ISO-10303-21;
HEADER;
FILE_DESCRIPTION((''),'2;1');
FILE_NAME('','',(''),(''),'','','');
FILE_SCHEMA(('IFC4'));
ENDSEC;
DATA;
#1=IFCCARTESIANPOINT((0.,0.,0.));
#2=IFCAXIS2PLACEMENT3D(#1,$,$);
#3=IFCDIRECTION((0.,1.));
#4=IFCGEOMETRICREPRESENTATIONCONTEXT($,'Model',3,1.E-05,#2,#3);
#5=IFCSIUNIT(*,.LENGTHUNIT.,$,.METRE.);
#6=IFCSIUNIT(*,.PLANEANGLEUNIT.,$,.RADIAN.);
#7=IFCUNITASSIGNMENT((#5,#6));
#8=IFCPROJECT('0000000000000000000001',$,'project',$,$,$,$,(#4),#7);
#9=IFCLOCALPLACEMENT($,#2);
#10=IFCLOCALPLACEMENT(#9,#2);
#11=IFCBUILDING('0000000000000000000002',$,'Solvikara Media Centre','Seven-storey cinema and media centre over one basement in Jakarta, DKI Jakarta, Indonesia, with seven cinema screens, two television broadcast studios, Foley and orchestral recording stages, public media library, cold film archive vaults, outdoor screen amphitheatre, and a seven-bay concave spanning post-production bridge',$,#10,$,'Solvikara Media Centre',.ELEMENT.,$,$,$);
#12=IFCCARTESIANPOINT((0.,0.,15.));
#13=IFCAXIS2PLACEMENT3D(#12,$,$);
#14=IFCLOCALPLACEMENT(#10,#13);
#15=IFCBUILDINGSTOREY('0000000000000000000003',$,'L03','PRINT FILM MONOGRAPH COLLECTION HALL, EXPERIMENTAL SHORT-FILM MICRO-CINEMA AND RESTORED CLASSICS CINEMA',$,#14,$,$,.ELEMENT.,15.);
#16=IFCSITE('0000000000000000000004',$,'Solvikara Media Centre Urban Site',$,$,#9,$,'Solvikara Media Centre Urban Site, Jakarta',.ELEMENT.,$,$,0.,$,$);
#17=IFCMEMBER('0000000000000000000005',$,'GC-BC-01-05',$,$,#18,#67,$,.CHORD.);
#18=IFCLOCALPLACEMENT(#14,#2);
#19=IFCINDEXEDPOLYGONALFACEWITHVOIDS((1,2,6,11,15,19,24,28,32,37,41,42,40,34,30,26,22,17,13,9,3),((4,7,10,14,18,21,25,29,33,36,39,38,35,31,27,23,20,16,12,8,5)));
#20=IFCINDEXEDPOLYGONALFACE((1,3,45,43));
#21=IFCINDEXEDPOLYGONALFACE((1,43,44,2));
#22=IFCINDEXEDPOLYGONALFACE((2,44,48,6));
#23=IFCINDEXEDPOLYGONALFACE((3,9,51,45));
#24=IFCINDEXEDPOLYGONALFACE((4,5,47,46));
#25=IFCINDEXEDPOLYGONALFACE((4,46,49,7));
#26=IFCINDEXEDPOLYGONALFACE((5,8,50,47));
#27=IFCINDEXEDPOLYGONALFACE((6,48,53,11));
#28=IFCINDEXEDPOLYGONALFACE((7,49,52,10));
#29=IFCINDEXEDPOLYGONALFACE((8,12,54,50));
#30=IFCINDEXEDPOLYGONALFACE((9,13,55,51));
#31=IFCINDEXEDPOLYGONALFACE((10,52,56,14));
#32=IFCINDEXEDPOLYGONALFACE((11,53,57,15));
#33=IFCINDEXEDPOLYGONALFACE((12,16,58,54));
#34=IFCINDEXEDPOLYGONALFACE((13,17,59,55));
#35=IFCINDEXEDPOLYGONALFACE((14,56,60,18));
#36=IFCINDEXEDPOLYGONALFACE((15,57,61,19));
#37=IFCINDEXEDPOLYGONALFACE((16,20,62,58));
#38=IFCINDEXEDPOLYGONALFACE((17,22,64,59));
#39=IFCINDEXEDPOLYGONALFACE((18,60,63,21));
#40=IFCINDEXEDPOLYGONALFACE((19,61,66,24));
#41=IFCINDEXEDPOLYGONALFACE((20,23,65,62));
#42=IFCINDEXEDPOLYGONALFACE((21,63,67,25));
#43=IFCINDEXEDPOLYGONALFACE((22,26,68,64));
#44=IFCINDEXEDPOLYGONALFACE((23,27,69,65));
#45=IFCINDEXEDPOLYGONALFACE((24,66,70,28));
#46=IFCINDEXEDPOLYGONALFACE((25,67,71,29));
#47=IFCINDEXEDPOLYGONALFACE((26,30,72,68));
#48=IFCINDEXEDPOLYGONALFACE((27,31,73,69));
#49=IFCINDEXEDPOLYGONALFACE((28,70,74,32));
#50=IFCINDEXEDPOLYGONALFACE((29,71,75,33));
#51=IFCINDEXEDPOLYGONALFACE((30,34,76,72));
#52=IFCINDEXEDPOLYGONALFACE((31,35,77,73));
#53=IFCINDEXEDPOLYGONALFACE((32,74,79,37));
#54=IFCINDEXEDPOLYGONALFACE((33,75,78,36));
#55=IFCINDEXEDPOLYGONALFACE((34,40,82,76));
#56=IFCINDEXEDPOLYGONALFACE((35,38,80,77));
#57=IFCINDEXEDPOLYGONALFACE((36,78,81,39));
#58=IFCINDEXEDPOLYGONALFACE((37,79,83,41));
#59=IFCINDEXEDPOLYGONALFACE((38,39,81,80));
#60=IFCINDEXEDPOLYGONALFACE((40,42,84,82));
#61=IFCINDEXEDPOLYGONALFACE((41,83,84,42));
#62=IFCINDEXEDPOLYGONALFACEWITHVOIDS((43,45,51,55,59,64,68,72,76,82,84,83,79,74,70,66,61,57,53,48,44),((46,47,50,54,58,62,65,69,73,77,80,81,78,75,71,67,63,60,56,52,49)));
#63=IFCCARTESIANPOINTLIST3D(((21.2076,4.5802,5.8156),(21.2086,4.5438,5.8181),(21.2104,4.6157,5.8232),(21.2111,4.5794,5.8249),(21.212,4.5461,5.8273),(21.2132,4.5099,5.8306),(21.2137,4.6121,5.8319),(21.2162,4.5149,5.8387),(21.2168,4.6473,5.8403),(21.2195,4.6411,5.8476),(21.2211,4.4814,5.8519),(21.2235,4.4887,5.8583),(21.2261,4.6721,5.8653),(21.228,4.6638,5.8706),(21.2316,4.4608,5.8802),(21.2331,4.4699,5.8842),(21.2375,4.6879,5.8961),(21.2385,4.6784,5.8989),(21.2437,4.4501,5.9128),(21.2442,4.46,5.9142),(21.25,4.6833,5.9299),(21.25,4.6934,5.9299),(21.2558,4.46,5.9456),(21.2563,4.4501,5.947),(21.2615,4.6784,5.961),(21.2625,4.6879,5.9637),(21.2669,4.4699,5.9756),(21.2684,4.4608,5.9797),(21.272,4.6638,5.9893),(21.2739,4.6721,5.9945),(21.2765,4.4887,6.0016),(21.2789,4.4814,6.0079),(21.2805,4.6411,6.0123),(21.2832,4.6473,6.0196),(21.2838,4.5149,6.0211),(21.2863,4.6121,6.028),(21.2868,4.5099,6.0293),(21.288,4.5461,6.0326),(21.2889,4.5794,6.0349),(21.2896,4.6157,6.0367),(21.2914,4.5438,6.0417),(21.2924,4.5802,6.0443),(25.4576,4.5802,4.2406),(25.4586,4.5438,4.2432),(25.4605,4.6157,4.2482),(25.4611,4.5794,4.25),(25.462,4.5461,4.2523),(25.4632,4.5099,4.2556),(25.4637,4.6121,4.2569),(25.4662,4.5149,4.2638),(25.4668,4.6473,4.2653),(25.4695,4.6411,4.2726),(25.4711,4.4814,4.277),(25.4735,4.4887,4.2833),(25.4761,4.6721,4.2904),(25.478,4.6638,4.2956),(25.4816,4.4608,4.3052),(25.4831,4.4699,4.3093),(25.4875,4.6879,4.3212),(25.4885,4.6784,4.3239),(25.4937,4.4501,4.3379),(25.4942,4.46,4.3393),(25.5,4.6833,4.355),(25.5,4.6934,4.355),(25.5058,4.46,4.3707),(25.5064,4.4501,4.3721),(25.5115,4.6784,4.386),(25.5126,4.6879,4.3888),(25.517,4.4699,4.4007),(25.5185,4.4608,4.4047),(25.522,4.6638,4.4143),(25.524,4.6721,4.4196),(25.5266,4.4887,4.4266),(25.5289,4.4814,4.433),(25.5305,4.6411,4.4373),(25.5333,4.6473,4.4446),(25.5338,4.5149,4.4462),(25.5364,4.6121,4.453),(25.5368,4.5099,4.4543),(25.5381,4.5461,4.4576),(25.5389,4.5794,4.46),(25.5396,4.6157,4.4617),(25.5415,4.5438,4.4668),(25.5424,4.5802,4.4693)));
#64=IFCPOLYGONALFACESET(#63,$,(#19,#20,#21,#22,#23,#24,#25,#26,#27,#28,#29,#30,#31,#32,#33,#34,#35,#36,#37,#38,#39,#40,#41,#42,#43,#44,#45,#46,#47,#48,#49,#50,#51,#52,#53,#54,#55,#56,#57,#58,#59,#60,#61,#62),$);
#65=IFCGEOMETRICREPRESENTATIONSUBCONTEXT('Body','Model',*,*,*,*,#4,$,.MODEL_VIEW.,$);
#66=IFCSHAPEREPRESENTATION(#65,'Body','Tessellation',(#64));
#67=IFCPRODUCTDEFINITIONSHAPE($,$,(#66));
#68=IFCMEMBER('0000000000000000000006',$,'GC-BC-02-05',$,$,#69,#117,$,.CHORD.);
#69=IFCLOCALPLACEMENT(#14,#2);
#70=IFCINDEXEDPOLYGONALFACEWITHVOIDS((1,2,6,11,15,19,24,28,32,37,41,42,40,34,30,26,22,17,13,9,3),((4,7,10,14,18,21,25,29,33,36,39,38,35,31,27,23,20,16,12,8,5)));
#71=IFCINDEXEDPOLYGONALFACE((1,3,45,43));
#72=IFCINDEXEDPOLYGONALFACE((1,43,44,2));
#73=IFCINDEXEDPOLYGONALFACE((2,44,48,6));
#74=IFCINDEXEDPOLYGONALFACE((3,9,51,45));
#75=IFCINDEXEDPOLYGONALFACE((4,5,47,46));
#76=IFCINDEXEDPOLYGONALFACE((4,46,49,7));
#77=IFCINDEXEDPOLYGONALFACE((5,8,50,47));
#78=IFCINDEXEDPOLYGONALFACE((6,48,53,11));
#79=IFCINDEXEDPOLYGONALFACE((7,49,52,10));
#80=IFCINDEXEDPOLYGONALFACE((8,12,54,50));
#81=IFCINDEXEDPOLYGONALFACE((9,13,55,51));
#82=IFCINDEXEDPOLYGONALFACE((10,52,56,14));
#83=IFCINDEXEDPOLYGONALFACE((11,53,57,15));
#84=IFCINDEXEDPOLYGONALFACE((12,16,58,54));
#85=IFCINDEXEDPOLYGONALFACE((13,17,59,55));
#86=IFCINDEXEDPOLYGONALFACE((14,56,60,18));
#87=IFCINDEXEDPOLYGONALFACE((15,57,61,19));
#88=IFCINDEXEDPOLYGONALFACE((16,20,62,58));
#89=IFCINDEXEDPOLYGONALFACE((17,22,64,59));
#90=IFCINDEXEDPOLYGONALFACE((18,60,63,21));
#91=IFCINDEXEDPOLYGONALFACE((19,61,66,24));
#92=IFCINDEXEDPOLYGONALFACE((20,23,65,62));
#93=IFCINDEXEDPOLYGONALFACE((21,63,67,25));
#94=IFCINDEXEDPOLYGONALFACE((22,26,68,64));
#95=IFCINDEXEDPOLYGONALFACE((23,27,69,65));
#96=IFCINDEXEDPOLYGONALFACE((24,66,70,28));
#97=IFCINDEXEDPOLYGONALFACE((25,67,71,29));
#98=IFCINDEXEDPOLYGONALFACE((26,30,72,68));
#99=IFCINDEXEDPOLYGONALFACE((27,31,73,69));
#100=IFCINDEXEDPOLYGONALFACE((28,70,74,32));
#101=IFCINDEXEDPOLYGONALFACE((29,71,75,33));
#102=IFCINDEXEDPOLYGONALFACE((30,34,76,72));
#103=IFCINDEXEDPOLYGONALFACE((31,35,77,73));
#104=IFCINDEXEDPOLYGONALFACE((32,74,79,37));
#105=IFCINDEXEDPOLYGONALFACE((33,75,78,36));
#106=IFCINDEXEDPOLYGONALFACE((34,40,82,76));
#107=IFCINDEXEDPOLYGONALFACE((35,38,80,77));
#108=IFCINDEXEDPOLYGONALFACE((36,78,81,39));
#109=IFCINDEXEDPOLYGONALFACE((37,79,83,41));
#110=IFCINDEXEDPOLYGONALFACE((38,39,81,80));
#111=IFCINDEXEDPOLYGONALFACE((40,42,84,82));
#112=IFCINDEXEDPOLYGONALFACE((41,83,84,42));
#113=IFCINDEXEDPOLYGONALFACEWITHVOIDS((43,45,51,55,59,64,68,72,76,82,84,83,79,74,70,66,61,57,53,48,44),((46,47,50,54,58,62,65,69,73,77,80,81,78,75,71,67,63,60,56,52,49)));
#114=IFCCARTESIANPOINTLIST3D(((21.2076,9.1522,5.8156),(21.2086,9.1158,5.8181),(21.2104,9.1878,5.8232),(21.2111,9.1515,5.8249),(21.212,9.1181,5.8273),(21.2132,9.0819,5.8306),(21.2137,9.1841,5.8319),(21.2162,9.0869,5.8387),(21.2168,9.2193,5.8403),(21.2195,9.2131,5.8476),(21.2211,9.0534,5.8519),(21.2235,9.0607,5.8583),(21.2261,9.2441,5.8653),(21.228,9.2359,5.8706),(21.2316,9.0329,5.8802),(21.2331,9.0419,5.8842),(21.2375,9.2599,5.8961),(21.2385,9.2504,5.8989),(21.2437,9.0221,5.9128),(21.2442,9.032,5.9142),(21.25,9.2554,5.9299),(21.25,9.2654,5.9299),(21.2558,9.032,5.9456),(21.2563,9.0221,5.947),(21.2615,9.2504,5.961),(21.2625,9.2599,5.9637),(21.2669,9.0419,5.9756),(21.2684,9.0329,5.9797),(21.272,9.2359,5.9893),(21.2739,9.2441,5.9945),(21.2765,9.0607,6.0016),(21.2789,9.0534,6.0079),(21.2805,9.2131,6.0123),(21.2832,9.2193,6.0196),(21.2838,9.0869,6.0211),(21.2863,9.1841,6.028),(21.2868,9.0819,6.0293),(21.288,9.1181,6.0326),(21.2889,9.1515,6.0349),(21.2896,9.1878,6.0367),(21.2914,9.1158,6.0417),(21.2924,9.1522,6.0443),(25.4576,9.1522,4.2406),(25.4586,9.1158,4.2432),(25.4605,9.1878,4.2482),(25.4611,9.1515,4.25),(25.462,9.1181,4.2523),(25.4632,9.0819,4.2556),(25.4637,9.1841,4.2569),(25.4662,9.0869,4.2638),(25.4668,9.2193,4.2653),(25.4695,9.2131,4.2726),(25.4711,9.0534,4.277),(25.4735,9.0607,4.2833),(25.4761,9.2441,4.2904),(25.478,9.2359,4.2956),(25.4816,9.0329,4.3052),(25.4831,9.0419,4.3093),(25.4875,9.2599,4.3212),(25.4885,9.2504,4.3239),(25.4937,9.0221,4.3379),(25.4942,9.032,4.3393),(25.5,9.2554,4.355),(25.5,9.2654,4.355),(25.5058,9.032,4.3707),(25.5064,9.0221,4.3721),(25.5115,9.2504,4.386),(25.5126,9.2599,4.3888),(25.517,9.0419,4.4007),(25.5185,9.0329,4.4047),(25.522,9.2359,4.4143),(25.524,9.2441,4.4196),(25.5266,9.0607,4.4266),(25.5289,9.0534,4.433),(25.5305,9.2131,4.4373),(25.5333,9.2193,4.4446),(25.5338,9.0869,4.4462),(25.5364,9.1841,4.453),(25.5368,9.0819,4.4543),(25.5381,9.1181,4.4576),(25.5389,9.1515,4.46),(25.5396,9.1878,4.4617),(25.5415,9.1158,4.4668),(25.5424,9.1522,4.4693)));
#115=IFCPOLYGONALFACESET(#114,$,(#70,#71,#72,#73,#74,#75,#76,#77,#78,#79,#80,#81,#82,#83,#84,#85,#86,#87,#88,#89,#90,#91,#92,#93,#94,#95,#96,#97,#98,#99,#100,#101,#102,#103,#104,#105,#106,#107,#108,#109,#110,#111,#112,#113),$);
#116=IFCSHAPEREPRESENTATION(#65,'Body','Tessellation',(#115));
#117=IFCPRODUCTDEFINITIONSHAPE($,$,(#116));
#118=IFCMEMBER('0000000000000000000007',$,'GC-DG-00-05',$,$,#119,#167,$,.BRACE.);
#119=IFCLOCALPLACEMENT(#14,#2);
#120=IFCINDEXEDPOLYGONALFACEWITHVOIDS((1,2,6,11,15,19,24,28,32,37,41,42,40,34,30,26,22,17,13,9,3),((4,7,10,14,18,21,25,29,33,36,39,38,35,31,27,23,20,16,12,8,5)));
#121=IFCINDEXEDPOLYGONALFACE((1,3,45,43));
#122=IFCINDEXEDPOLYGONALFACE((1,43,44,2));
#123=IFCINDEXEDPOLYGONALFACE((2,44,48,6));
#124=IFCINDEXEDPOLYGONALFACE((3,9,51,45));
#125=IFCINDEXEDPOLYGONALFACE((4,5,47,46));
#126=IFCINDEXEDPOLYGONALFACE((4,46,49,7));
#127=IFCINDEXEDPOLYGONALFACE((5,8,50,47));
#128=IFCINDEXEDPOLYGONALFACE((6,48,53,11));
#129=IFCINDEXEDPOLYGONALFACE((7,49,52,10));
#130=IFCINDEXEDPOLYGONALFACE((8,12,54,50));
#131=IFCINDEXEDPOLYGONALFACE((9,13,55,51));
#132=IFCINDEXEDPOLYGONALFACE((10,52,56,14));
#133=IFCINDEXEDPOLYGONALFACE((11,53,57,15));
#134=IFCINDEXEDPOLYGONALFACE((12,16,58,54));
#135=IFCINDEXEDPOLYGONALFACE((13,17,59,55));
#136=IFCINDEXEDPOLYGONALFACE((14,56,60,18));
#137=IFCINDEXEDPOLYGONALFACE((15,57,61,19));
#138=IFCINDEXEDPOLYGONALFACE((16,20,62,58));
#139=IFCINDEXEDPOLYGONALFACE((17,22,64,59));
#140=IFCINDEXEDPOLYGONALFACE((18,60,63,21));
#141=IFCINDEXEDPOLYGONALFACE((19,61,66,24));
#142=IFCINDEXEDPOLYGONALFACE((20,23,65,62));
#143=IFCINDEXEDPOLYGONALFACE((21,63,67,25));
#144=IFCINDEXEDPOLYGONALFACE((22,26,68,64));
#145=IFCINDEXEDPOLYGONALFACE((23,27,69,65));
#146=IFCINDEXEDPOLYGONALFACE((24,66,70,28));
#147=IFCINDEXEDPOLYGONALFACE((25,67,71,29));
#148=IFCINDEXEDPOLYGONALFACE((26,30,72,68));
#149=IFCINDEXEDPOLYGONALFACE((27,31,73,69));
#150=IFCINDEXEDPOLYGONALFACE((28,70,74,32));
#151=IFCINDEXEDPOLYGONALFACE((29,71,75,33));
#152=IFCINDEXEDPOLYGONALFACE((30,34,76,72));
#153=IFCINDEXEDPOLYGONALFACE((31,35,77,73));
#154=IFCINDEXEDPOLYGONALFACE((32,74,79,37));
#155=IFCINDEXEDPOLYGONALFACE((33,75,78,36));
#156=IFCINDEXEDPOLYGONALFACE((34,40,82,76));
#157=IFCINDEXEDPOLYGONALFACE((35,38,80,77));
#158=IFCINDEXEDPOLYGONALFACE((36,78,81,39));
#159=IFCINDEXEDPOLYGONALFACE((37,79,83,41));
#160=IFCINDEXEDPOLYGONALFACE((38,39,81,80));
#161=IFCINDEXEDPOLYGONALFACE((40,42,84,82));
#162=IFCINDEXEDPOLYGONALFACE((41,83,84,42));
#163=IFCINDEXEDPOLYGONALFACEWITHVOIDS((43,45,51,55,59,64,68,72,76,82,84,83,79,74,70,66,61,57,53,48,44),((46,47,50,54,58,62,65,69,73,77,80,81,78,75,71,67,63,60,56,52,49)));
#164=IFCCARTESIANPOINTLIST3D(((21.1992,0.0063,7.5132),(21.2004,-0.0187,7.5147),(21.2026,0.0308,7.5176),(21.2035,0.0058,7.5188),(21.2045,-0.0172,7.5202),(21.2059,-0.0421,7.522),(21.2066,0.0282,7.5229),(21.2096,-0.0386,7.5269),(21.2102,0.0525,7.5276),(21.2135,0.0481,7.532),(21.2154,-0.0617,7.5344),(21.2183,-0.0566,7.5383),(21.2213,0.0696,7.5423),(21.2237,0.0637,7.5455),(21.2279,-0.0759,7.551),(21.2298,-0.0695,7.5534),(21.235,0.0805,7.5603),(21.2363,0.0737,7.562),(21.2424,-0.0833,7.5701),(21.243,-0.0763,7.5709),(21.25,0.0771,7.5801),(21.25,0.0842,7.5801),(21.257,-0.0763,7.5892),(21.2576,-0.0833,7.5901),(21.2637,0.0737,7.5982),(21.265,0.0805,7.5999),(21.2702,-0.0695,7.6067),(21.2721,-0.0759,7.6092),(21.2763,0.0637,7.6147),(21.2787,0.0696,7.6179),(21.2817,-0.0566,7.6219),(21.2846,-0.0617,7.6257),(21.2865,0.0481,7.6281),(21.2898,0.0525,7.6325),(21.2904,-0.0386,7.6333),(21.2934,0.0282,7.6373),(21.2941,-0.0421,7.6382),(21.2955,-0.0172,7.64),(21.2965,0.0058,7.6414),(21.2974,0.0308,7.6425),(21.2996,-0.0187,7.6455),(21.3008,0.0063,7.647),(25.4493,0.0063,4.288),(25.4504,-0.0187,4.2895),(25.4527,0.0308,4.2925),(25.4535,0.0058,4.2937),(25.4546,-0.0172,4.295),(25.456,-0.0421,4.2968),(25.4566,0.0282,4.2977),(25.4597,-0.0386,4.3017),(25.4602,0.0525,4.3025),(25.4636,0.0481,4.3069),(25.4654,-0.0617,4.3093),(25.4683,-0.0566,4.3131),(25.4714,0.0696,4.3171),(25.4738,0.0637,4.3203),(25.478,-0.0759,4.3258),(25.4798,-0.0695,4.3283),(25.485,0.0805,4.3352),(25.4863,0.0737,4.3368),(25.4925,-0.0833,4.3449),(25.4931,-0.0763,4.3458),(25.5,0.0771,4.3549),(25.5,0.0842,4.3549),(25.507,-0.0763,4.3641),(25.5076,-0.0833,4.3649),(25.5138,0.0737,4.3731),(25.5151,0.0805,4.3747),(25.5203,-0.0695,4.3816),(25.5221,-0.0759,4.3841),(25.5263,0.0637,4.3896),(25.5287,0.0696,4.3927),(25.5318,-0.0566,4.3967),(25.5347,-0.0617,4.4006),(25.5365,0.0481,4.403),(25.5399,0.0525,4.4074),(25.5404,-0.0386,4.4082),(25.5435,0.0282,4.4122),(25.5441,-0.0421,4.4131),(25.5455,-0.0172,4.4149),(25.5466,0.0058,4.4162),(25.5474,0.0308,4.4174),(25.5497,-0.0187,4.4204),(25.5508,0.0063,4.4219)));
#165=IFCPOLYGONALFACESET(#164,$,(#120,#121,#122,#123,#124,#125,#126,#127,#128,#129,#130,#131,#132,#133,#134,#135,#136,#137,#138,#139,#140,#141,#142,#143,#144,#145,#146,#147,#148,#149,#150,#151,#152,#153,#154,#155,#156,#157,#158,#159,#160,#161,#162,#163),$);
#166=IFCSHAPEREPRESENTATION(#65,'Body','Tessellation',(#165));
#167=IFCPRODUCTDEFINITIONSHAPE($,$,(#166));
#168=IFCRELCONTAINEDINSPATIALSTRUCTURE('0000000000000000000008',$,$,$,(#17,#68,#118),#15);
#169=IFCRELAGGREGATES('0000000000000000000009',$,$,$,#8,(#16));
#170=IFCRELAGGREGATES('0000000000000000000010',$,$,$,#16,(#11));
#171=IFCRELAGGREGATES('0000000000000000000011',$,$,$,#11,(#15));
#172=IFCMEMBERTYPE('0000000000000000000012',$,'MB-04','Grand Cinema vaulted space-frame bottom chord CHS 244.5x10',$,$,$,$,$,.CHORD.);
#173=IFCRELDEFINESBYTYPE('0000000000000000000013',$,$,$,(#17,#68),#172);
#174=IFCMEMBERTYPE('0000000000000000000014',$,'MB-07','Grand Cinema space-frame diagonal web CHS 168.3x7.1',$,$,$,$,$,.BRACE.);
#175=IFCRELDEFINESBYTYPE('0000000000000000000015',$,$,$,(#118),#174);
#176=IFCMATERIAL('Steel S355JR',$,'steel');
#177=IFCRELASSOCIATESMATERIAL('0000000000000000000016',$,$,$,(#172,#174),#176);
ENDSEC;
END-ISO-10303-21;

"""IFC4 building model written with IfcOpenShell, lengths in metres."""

from ifc_helpers import new_model, si_unit, direction, frame, origin, origin_2d, place, context, subcontext, project, spatial, hollow_circle, extrude, material, material_profile, profile_set, type_object, element, save


model = new_model("IFC4")

# Units and contexts
model_context = context("Model", 3, precision=1e-05, world=origin(), true_north=direction((0.0, 1.0)))
body_context = subcontext(model_context, "Body", "Model", "MODEL_VIEW")
ifc_project = project(units=[si_unit("LENGTHUNIT", "METRE"), si_unit("PLANEANGLEUNIT", "RADIAN")], contexts=[model_context])

# Site, building, storey
site_placement = place(None, origin())
site = spatial("IfcSite", under=ifc_project, at=site_placement, Name="Solvikara Media Centre Urban Site", LongName="Solvikara Media Centre Urban Site, Jakarta", CompositionType="ELEMENT", RefElevation=0.0)
building_placement = place(site_placement, origin())
building = spatial("IfcBuilding", under=site, at=building_placement, Name="Solvikara Media Centre", Description="Seven-storey cinema and media centre over one basement in Jakarta, DKI Jakarta, Indonesia, with seven cinema screens, two television broadcast studios, Foley and orchestral recording stages, public media library, cold film archive vaults, outdoor screen amphitheatre, and a seven-bay concave spanning post-production bridge", LongName="Solvikara Media Centre", CompositionType="ELEMENT")
storey_placement = place(building_placement, frame((0.0, 0.0, 15.0)))
storey = spatial("IfcBuildingStorey", under=building, at=storey_placement, Name="L03", Description="PRINT FILM MONOGRAPH COLLECTION HALL, EXPERIMENTAL SHORT-FILM MICRO-CINEMA AND RESTORED CLASSICS CINEMA", CompositionType="ELEMENT", Elevation=15.0)

# Members
ifc_material_1 = material(Name="Steel S355JR", Category="steel")
ifc_material_profile_1 = material_profile(ifc_material_1, hollow_circle(Radius=0.1223, WallThickness=0.01, at=origin_2d()), Name="CHS 244.5x10")
ifc_profile_set_1 = profile_set([ifc_material_profile_1], Name="Steel S355JR")
member_type_1 = type_object("IfcMemberType", Name="MB-04", Description="Grand Cinema vaulted space-frame bottom chord CHS 244.5x10", PredefinedType="CHORD", material=ifc_profile_set_1)
for number, where, z_axis, x_axis, name in (
    (1, (21.25, 4.571, 5.9299), (0.937686, 0.0, -0.347485), (0.0, 1.0, 0.0), "GC-BC-01-05"),
    (2, (21.25, 9.1431, 5.9299), (0.937686, 0.0, -0.347485), (0.0, 1.0, 0.0), "GC-BC-02-05"),
):
    element("IfcMember", number, at=place(storey_placement, frame(where, z_axis=z_axis, x_axis=x_axis)), inside=storey, type_object=member_type_1, Name=name, PredefinedType="CHORD", context=body_context, shape_type="SweptSolid", body=[
        extrude(hollow_circle(Radius=0.1223, WallThickness=0.01, at=origin_2d()), origin(), (0.0, 0.0, 1.0), 4.5325),
    ])
ifc_material_profile_2 = material_profile(ifc_material_1, hollow_circle(Radius=0.0842, WallThickness=0.0071, at=origin_2d()), Name="CHS 168.3x7.1")
ifc_profile_set_2 = profile_set([ifc_material_profile_2], Name="Steel S355JR")
member_type_2 = type_object("IfcMemberType", Name="MB-07", Description="Grand Cinema space-frame diagonal web CHS 168.3x7.1", PredefinedType="BRACE", material=ifc_profile_set_2)
for number, where, z_axis, x_axis, name in (
    (3, (21.25, 0.0, 7.5801), (0.796605, 0.0, -0.604501), (0.0, 1.0, 0.0), "GC-DG-00-05"),
):
    element("IfcMember", number, at=place(storey_placement, frame(where, z_axis=z_axis, x_axis=x_axis)), inside=storey, type_object=member_type_2, Name=name, PredefinedType="BRACE", context=body_context, shape_type="SweptSolid", body=[
        extrude(hollow_circle(Radius=0.0842, WallThickness=0.0071, at=origin_2d()), origin(), (0.0, 0.0, 1.0), 5.3352),
    ])

save(model, "model.ifc")
